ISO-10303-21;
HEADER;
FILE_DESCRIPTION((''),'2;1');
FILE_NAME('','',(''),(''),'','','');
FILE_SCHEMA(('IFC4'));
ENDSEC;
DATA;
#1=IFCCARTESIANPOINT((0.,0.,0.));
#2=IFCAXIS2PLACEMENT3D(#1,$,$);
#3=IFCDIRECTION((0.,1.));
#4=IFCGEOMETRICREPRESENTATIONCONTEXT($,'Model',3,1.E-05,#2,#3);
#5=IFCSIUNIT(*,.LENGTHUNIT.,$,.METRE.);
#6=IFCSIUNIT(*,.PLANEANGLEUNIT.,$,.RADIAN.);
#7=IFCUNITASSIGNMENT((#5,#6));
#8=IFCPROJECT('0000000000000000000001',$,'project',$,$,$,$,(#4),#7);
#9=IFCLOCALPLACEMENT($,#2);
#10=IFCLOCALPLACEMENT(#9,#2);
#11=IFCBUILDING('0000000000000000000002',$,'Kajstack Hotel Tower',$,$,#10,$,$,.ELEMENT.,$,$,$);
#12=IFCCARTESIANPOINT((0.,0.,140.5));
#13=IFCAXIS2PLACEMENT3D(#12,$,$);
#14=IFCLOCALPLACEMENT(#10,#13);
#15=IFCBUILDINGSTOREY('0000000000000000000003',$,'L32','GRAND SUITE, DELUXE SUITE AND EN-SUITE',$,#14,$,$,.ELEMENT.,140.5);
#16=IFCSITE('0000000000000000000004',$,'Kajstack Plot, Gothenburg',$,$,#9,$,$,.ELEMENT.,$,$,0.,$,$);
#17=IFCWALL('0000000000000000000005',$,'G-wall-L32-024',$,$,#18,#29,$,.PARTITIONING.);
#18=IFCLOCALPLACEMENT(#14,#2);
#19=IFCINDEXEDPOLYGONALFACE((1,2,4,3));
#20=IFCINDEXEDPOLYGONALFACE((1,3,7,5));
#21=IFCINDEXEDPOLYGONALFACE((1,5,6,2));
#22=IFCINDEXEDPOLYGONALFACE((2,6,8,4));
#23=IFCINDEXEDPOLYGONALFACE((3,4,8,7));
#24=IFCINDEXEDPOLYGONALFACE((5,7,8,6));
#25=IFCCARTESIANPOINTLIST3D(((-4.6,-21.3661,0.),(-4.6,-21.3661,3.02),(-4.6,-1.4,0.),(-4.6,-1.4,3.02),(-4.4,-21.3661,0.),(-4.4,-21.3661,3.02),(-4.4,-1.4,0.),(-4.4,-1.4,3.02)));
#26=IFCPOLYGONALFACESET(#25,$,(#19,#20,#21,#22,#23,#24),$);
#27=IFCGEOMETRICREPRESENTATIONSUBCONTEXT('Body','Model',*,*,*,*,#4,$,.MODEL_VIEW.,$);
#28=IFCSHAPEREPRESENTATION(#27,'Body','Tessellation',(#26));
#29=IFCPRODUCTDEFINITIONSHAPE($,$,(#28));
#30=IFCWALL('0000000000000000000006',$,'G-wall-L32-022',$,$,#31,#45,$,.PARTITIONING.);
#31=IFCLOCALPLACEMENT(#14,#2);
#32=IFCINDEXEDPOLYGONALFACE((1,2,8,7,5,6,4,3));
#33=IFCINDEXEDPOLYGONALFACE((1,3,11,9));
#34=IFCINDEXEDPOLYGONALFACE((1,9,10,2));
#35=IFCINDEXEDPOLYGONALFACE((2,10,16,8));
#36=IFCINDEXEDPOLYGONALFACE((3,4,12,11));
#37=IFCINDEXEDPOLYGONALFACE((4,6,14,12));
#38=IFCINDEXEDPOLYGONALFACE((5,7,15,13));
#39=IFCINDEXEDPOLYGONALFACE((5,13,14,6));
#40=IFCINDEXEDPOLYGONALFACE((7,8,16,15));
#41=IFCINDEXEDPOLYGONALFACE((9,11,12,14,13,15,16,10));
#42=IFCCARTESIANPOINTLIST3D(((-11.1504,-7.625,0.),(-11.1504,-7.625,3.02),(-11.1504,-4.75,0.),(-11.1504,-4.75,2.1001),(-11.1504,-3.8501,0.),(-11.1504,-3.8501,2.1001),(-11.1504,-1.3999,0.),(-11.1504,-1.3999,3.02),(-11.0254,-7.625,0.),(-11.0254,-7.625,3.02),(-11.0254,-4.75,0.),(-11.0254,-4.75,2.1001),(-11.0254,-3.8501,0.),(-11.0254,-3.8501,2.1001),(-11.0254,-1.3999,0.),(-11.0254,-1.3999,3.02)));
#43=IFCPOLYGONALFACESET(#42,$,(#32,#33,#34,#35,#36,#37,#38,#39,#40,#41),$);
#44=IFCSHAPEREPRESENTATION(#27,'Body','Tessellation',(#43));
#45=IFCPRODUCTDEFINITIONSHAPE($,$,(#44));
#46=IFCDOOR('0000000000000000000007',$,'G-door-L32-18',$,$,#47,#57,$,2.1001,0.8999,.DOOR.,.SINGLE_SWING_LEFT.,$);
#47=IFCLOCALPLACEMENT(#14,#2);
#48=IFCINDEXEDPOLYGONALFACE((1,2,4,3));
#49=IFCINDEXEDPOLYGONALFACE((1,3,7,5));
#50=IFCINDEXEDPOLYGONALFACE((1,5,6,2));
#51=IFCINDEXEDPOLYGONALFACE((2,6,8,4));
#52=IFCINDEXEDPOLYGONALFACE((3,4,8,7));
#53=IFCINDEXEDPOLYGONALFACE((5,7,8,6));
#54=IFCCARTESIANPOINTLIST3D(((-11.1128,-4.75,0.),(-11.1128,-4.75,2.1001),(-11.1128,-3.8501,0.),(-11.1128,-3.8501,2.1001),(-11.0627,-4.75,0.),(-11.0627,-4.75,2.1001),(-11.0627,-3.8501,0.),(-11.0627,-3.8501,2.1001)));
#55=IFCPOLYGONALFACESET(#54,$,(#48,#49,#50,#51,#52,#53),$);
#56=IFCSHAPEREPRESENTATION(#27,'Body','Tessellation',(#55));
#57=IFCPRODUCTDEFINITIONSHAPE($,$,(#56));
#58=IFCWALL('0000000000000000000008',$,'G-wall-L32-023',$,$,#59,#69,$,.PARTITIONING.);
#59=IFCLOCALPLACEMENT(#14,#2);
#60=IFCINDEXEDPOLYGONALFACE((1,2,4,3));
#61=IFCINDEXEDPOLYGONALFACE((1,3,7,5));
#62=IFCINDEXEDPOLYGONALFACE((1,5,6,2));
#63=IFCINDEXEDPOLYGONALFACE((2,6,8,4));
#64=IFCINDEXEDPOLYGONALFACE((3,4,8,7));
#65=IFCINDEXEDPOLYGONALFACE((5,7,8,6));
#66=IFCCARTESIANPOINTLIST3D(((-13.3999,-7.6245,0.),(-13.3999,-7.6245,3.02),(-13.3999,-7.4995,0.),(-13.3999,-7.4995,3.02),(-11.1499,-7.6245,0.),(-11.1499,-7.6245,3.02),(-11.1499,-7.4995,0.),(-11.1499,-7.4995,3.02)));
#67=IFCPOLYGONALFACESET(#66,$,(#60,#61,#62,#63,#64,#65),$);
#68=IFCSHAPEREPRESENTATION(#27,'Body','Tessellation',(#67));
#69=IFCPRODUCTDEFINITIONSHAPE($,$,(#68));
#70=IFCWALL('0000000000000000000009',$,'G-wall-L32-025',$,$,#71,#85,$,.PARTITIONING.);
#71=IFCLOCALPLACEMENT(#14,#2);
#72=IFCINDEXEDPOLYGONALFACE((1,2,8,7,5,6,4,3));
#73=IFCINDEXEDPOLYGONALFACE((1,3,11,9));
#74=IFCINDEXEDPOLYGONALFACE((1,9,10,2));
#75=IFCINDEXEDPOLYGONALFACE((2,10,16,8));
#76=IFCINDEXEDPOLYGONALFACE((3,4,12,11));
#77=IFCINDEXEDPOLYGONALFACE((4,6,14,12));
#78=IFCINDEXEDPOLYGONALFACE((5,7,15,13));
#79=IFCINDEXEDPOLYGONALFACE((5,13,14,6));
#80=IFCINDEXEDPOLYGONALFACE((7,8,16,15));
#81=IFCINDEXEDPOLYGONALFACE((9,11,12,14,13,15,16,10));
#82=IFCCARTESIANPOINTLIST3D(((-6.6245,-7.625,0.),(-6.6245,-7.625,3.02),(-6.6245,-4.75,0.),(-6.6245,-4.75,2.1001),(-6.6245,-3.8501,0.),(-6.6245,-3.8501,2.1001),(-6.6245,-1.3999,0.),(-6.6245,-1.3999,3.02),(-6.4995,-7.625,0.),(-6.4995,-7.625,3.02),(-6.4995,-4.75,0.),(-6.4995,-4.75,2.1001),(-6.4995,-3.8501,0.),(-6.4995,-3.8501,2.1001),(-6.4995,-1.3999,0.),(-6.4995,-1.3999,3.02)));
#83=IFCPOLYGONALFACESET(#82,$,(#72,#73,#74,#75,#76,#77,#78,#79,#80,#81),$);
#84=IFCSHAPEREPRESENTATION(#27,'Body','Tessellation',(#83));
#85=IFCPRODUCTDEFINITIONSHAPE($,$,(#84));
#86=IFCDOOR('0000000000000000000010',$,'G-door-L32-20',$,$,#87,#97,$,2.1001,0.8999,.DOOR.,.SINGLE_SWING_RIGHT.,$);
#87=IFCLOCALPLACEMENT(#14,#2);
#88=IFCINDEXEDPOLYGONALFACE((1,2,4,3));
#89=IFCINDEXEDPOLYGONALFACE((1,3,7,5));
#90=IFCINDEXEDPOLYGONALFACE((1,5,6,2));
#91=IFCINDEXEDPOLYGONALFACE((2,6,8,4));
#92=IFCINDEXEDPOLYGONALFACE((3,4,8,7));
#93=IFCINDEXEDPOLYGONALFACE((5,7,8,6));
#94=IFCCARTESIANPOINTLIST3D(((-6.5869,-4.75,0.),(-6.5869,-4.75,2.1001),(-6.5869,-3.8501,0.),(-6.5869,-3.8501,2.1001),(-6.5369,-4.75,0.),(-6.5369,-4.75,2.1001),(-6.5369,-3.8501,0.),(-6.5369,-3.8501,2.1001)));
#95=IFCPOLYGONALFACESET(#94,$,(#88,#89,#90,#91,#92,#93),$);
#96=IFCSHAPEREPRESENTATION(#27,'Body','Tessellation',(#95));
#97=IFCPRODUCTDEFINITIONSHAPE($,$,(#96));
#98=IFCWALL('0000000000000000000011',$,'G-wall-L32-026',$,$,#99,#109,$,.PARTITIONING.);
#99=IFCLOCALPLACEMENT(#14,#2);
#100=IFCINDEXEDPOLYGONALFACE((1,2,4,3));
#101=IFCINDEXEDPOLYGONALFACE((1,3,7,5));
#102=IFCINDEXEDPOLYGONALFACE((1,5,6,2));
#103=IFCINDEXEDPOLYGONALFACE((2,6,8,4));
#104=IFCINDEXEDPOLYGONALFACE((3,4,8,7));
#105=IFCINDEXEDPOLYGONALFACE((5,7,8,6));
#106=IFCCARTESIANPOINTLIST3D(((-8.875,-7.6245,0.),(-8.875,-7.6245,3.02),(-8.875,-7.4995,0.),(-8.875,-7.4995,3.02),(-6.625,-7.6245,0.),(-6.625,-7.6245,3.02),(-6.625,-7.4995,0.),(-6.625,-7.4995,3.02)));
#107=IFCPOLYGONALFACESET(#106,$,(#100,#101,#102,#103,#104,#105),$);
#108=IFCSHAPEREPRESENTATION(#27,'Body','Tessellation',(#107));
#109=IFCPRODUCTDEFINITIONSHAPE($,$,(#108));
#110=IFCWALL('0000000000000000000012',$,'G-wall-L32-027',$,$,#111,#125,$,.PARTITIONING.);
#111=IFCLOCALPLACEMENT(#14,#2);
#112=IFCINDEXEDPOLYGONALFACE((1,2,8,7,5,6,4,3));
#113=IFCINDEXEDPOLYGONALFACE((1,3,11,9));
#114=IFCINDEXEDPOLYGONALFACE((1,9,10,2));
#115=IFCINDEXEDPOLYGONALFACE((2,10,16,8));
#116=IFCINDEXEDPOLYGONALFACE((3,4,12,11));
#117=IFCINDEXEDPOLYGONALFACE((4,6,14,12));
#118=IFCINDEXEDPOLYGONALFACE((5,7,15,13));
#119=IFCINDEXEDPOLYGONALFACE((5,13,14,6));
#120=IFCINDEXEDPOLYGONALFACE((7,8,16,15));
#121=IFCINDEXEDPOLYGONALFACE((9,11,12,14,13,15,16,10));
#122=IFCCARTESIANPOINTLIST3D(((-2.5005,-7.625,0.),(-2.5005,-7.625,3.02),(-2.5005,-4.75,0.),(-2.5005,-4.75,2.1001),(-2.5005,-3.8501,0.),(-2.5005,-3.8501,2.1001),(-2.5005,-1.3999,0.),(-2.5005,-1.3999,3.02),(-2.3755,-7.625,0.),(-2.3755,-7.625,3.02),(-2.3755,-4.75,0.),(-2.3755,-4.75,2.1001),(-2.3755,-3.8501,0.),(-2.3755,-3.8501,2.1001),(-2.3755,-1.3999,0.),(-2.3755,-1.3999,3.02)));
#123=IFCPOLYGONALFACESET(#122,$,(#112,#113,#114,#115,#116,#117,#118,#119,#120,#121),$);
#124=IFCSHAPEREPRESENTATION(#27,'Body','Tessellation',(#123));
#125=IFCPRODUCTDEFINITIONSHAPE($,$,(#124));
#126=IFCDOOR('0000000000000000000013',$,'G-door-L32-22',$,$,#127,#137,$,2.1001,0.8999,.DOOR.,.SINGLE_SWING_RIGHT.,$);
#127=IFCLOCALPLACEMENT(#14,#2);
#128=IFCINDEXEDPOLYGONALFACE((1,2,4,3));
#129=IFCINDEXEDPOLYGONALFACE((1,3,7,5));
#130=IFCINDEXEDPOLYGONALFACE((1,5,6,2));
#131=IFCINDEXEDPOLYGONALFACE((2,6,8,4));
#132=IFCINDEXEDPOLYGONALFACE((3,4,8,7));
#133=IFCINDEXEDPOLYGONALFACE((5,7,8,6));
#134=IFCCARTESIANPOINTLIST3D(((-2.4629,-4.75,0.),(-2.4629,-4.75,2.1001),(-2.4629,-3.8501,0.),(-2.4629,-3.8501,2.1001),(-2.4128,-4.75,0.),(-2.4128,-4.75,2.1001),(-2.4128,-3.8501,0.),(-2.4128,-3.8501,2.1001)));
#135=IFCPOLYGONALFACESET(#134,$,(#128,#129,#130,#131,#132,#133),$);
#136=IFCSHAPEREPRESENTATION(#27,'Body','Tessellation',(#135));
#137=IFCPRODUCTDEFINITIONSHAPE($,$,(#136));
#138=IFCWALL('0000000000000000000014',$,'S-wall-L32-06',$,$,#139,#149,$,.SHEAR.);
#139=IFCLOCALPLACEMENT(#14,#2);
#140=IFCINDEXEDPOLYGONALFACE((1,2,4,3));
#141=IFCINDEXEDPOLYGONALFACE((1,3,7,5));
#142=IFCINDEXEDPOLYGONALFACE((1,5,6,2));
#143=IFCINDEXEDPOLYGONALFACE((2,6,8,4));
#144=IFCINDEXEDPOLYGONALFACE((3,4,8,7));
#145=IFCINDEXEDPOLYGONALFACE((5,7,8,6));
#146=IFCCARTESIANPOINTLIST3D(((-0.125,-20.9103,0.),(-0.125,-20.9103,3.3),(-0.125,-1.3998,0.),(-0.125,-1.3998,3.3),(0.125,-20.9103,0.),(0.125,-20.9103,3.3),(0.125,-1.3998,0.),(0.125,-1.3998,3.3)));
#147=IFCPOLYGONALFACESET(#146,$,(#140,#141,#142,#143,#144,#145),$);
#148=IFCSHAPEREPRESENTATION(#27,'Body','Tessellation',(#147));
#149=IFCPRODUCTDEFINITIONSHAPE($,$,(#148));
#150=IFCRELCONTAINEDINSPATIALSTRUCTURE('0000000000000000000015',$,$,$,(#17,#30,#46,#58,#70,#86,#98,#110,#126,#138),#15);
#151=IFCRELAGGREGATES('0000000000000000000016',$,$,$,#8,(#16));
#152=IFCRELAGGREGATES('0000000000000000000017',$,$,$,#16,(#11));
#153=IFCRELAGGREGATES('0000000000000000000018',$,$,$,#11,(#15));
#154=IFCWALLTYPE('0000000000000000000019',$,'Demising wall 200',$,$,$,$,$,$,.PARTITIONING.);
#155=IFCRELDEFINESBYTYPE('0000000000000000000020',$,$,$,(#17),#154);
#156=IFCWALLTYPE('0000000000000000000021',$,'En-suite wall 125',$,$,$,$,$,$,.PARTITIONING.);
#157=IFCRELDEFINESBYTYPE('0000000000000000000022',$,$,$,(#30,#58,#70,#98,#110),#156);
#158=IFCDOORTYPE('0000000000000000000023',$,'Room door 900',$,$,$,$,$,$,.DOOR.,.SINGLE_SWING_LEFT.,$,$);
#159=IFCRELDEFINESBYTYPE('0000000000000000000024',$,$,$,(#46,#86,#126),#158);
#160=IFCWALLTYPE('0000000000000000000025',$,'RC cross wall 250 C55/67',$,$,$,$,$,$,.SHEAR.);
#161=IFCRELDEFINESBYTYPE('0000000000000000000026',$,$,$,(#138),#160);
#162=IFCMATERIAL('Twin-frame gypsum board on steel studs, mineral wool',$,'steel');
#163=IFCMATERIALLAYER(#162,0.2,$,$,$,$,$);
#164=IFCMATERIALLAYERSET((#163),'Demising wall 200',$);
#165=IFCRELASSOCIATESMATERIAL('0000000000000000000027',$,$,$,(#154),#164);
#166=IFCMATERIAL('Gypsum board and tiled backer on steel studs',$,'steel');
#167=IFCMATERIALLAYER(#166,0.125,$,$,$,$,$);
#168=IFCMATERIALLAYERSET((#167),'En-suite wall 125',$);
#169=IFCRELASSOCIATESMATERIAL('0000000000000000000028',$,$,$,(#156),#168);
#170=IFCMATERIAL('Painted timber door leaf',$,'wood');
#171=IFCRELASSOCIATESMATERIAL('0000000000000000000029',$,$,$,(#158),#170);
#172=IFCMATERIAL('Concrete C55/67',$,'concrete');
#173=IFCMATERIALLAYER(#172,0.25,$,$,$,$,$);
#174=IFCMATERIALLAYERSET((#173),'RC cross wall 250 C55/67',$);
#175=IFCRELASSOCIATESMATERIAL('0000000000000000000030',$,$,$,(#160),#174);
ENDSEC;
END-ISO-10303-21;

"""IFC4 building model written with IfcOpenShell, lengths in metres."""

from ifc_helpers import new_model, si_unit, direction, frame, frame_2d, origin, place, context, subcontext, project, spatial, rectangle, extrude, material, layer, layer_set, type_object, element, fill, save


model = new_model("IFC4")

# Units and contexts
model_context = context("Model", 3, precision=1e-05, world=origin(), true_north=direction((0.0, 1.0)))
body_context = subcontext(model_context, "Body", "Model", "MODEL_VIEW")
ifc_project = project(units=[si_unit("LENGTHUNIT", "METRE"), si_unit("PLANEANGLEUNIT", "RADIAN")], contexts=[model_context])

# Site, building, storey
site_placement = place(None, origin())
site = spatial("IfcSite", under=ifc_project, at=site_placement, Name="Kajstack Plot, Gothenburg", CompositionType="ELEMENT", RefElevation=0.0)
building_placement = place(site_placement, origin())
building = spatial("IfcBuilding", under=site, at=building_placement, Name="Kajstack Hotel Tower", CompositionType="ELEMENT")
storey_placement = place(building_placement, frame((0.0, 0.0, 140.5)))
storey = spatial("IfcBuildingStorey", under=building, at=storey_placement, Name="L32", Description="GRAND SUITE, DELUXE SUITE AND EN-SUITE", CompositionType="ELEMENT", Elevation=140.5)

# Wall
ifc_material_1 = material(Name="Twin-frame gypsum board on steel studs, mineral wool", Category="steel")
ifc_layer_1 = layer(ifc_material_1, 0.2)
ifc_layer_set_1 = layer_set([ifc_layer_1], Name="Demising wall 200")
wall_type_1 = type_object("IfcWallType", Name="Demising wall 200", PredefinedType="PARTITIONING", material=ifc_layer_set_1)
wall_1_placement = place(storey_placement, frame((-4.5, -21.366, 0.0), z_axis=(0.0, 0.0, 1.0), x_axis=(0.0, 1.0, 0.0)))
element("IfcWall", 1, at=wall_1_placement, inside=storey, type_object=wall_type_1, Name="G-wall-L32-024", PredefinedType="PARTITIONING", context=body_context, shape_type="SweptSolid", body=[
    extrude(rectangle(XDim=19.9661, YDim=0.2, at=frame_2d((9.9829, 0.0))), origin(), (0.0, 0.0, 1.0), 3.02),
])

# Wall, opening, door
ifc_material_2 = material(Name="Gypsum board and tiled backer on steel studs", Category="steel")
ifc_layer_2 = layer(ifc_material_2, 0.125)
ifc_layer_set_2 = layer_set([ifc_layer_2], Name="En-suite wall 125")
wall_type_2 = type_object("IfcWallType", Name="En-suite wall 125", PredefinedType="PARTITIONING", material=ifc_layer_set_2)
wall_2_placement = place(storey_placement, frame((-11.0879, -7.625, 0.0), z_axis=(0.0, 0.0, 1.0), x_axis=(0.0, 1.0, 0.0)))
wall_2 = element("IfcWall", 2, at=wall_2_placement, inside=storey, type_object=wall_type_2, Name="G-wall-L32-022", PredefinedType="PARTITIONING", context=body_context, shape_type="SweptSolid", body=[
    extrude(rectangle(XDim=6.2251, YDim=0.125, at=frame_2d((3.1125, 0.0))), origin(), (0.0, 0.0, 1.0), 3.02),
])
opening_1_placement = place(wall_2_placement, frame((2.875, 0.0, 0.0)))
opening_1 = element("IfcOpeningElement", 3, at=opening_1_placement, cuts=wall_2, PredefinedType="OPENING", context=body_context, shape_type="SweptSolid", body=[
    extrude(rectangle(XDim=0.8999, YDim=2.1001, at=frame_2d((0.45, 1.05))), frame((0.0, 0.0725, 0.0), z_axis=(0.0, -1.0, 0.0), x_axis=(1.0, 0.0, 0.0)), (0.0, 0.0, 1.0), 0.145),
])
ifc_material_3 = material(Name="Painted timber door leaf", Category="wood")
door_type = type_object("IfcDoorType", Name="Room door 900", OperationType="SINGLE_SWING_LEFT", PredefinedType="DOOR", material=ifc_material_3)
door_1_placement = place(opening_1_placement, origin())
door_1 = element("IfcDoor", 4, at=door_1_placement, inside=storey, type_object=door_type, Name="G-door-L32-18", OperationType="SINGLE_SWING_LEFT", OverallHeight=2.1001, OverallWidth=0.8999, PredefinedType="DOOR", context=body_context, shape_type="SweptSolid", body=[
    extrude(rectangle(XDim=0.8999, YDim=2.1001, at=frame_2d((0.45, 1.05))), frame((0.0, 0.0249, 0.0), z_axis=(0.0, -1.0, 0.0), x_axis=(1.0, 0.0, 0.0)), (0.0, 0.0, 1.0), 0.05),
])
fill(opening_1, door_1)

# Wall
wall_3_placement = place(storey_placement, frame((-13.3999, -7.562, 0.0), z_axis=(0.0, 0.0, 1.0), x_axis=(1.0, 0.0, 0.0)))
element("IfcWall", 5, at=wall_3_placement, inside=storey, type_object=wall_type_2, Name="G-wall-L32-023", PredefinedType="PARTITIONING", context=body_context, shape_type="SweptSolid", body=[
    extrude(rectangle(XDim=2.25, YDim=0.125, at=frame_2d((1.125, 0.0))), origin(), (0.0, 0.0, 1.0), 3.02),
])

# Wall, opening, door
wall_4_placement = place(storey_placement, frame((-6.562, -7.625, 0.0), z_axis=(0.0, 0.0, 1.0), x_axis=(0.0, 1.0, 0.0)))
wall_4 = element("IfcWall", 6, at=wall_4_placement, inside=storey, type_object=wall_type_2, Name="G-wall-L32-025", PredefinedType="PARTITIONING", context=body_context, shape_type="SweptSolid", body=[
    extrude(rectangle(XDim=6.2251, YDim=0.125, at=frame_2d((3.1125, 0.0))), origin(), (0.0, 0.0, 1.0), 3.02),
])
opening_2_placement = place(wall_4_placement, frame((2.875, 0.0, 0.0)))
opening_2 = element("IfcOpeningElement", 7, at=opening_2_placement, cuts=wall_4, PredefinedType="OPENING", context=body_context, shape_type="SweptSolid", body=[
    extrude(rectangle(XDim=0.8999, YDim=2.1001, at=frame_2d((0.45, 1.05))), frame((0.0, 0.0725, 0.0), z_axis=(0.0, -1.0, 0.0), x_axis=(1.0, 0.0, 0.0)), (0.0, 0.0, 1.0), 0.145),
])
door_2_placement = place(opening_2_placement, origin())
door_2 = element("IfcDoor", 8, at=door_2_placement, inside=storey, type_object=door_type, Name="G-door-L32-20", OperationType="SINGLE_SWING_RIGHT", OverallHeight=2.1001, OverallWidth=0.8999, PredefinedType="DOOR", context=body_context, shape_type="SweptSolid", body=[
    extrude(rectangle(XDim=0.8999, YDim=2.1001, at=frame_2d((0.45, 1.05))), frame((0.0, 0.0249, 0.0), z_axis=(0.0, -1.0, 0.0), x_axis=(1.0, 0.0, 0.0)), (0.0, 0.0, 1.0), 0.05),
])
fill(opening_2, door_2)

# Wall
wall_5_placement = place(storey_placement, frame((-8.875, -7.562, 0.0), z_axis=(0.0, 0.0, 1.0), x_axis=(1.0, 0.0, 0.0)))
element("IfcWall", 9, at=wall_5_placement, inside=storey, type_object=wall_type_2, Name="G-wall-L32-026", PredefinedType="PARTITIONING", context=body_context, shape_type="SweptSolid", body=[
    extrude(rectangle(XDim=2.25, YDim=0.125, at=frame_2d((1.125, 0.0))), origin(), (0.0, 0.0, 1.0), 3.02),
])

# Wall, opening, door
wall_6_placement = place(storey_placement, frame((-2.438, -7.625, 0.0), z_axis=(0.0, 0.0, 1.0), x_axis=(0.0, 1.0, 0.0)))
wall_6 = element("IfcWall", 10, at=wall_6_placement, inside=storey, type_object=wall_type_2, Name="G-wall-L32-027", PredefinedType="PARTITIONING", context=body_context, shape_type="SweptSolid", body=[
    extrude(rectangle(XDim=6.2251, YDim=0.125, at=frame_2d((3.1125, 0.0))), origin(), (0.0, 0.0, 1.0), 3.02),
])
opening_3_placement = place(wall_6_placement, frame((2.875, 0.0, 0.0)))
opening_3 = element("IfcOpeningElement", 11, at=opening_3_placement, cuts=wall_6, PredefinedType="OPENING", context=body_context, shape_type="SweptSolid", body=[
    extrude(rectangle(XDim=0.8999, YDim=2.1001, at=frame_2d((0.45, 1.05))), frame((0.0, 0.0725, 0.0), z_axis=(0.0, -1.0, 0.0), x_axis=(1.0, 0.0, 0.0)), (0.0, 0.0, 1.0), 0.145),
])
door_3_placement = place(opening_3_placement, origin())
door_3 = element("IfcDoor", 12, at=door_3_placement, inside=storey, type_object=door_type, Name="G-door-L32-22", OperationType="SINGLE_SWING_RIGHT", OverallHeight=2.1001, OverallWidth=0.8999, PredefinedType="DOOR", context=body_context, shape_type="SweptSolid", body=[
    extrude(rectangle(XDim=0.8999, YDim=2.1001, at=frame_2d((0.45, 1.05))), frame((0.0, 0.0249, 0.0), z_axis=(0.0, -1.0, 0.0), x_axis=(1.0, 0.0, 0.0)), (0.0, 0.0, 1.0), 0.05),
])
fill(opening_3, door_3)

# Wall
ifc_material_4 = material(Name="Concrete C55/67", Category="concrete")
ifc_layer_3 = layer(ifc_material_4, 0.25)
ifc_layer_set_3 = layer_set([ifc_layer_3], Name="RC cross wall 250 C55/67")
wall_type_3 = type_object("IfcWallType", Name="RC cross wall 250 C55/67", PredefinedType="SHEAR", material=ifc_layer_set_3)
wall_7_placement = place(storey_placement, frame((0.0, -20.9104, 0.0), z_axis=(0.0, 0.0, 1.0), x_axis=(0.0, 1.0, 0.0)))
element("IfcWall", 13, at=wall_7_placement, inside=storey, type_object=wall_type_3, Name="S-wall-L32-06", PredefinedType="SHEAR", context=body_context, shape_type="SweptSolid", body=[
    extrude(rectangle(XDim=19.5105, YDim=0.25, at=frame_2d((9.7554, 0.0))), origin(), (0.0, 0.0, 1.0), 3.3),
])

save(model, "model.ifc")
